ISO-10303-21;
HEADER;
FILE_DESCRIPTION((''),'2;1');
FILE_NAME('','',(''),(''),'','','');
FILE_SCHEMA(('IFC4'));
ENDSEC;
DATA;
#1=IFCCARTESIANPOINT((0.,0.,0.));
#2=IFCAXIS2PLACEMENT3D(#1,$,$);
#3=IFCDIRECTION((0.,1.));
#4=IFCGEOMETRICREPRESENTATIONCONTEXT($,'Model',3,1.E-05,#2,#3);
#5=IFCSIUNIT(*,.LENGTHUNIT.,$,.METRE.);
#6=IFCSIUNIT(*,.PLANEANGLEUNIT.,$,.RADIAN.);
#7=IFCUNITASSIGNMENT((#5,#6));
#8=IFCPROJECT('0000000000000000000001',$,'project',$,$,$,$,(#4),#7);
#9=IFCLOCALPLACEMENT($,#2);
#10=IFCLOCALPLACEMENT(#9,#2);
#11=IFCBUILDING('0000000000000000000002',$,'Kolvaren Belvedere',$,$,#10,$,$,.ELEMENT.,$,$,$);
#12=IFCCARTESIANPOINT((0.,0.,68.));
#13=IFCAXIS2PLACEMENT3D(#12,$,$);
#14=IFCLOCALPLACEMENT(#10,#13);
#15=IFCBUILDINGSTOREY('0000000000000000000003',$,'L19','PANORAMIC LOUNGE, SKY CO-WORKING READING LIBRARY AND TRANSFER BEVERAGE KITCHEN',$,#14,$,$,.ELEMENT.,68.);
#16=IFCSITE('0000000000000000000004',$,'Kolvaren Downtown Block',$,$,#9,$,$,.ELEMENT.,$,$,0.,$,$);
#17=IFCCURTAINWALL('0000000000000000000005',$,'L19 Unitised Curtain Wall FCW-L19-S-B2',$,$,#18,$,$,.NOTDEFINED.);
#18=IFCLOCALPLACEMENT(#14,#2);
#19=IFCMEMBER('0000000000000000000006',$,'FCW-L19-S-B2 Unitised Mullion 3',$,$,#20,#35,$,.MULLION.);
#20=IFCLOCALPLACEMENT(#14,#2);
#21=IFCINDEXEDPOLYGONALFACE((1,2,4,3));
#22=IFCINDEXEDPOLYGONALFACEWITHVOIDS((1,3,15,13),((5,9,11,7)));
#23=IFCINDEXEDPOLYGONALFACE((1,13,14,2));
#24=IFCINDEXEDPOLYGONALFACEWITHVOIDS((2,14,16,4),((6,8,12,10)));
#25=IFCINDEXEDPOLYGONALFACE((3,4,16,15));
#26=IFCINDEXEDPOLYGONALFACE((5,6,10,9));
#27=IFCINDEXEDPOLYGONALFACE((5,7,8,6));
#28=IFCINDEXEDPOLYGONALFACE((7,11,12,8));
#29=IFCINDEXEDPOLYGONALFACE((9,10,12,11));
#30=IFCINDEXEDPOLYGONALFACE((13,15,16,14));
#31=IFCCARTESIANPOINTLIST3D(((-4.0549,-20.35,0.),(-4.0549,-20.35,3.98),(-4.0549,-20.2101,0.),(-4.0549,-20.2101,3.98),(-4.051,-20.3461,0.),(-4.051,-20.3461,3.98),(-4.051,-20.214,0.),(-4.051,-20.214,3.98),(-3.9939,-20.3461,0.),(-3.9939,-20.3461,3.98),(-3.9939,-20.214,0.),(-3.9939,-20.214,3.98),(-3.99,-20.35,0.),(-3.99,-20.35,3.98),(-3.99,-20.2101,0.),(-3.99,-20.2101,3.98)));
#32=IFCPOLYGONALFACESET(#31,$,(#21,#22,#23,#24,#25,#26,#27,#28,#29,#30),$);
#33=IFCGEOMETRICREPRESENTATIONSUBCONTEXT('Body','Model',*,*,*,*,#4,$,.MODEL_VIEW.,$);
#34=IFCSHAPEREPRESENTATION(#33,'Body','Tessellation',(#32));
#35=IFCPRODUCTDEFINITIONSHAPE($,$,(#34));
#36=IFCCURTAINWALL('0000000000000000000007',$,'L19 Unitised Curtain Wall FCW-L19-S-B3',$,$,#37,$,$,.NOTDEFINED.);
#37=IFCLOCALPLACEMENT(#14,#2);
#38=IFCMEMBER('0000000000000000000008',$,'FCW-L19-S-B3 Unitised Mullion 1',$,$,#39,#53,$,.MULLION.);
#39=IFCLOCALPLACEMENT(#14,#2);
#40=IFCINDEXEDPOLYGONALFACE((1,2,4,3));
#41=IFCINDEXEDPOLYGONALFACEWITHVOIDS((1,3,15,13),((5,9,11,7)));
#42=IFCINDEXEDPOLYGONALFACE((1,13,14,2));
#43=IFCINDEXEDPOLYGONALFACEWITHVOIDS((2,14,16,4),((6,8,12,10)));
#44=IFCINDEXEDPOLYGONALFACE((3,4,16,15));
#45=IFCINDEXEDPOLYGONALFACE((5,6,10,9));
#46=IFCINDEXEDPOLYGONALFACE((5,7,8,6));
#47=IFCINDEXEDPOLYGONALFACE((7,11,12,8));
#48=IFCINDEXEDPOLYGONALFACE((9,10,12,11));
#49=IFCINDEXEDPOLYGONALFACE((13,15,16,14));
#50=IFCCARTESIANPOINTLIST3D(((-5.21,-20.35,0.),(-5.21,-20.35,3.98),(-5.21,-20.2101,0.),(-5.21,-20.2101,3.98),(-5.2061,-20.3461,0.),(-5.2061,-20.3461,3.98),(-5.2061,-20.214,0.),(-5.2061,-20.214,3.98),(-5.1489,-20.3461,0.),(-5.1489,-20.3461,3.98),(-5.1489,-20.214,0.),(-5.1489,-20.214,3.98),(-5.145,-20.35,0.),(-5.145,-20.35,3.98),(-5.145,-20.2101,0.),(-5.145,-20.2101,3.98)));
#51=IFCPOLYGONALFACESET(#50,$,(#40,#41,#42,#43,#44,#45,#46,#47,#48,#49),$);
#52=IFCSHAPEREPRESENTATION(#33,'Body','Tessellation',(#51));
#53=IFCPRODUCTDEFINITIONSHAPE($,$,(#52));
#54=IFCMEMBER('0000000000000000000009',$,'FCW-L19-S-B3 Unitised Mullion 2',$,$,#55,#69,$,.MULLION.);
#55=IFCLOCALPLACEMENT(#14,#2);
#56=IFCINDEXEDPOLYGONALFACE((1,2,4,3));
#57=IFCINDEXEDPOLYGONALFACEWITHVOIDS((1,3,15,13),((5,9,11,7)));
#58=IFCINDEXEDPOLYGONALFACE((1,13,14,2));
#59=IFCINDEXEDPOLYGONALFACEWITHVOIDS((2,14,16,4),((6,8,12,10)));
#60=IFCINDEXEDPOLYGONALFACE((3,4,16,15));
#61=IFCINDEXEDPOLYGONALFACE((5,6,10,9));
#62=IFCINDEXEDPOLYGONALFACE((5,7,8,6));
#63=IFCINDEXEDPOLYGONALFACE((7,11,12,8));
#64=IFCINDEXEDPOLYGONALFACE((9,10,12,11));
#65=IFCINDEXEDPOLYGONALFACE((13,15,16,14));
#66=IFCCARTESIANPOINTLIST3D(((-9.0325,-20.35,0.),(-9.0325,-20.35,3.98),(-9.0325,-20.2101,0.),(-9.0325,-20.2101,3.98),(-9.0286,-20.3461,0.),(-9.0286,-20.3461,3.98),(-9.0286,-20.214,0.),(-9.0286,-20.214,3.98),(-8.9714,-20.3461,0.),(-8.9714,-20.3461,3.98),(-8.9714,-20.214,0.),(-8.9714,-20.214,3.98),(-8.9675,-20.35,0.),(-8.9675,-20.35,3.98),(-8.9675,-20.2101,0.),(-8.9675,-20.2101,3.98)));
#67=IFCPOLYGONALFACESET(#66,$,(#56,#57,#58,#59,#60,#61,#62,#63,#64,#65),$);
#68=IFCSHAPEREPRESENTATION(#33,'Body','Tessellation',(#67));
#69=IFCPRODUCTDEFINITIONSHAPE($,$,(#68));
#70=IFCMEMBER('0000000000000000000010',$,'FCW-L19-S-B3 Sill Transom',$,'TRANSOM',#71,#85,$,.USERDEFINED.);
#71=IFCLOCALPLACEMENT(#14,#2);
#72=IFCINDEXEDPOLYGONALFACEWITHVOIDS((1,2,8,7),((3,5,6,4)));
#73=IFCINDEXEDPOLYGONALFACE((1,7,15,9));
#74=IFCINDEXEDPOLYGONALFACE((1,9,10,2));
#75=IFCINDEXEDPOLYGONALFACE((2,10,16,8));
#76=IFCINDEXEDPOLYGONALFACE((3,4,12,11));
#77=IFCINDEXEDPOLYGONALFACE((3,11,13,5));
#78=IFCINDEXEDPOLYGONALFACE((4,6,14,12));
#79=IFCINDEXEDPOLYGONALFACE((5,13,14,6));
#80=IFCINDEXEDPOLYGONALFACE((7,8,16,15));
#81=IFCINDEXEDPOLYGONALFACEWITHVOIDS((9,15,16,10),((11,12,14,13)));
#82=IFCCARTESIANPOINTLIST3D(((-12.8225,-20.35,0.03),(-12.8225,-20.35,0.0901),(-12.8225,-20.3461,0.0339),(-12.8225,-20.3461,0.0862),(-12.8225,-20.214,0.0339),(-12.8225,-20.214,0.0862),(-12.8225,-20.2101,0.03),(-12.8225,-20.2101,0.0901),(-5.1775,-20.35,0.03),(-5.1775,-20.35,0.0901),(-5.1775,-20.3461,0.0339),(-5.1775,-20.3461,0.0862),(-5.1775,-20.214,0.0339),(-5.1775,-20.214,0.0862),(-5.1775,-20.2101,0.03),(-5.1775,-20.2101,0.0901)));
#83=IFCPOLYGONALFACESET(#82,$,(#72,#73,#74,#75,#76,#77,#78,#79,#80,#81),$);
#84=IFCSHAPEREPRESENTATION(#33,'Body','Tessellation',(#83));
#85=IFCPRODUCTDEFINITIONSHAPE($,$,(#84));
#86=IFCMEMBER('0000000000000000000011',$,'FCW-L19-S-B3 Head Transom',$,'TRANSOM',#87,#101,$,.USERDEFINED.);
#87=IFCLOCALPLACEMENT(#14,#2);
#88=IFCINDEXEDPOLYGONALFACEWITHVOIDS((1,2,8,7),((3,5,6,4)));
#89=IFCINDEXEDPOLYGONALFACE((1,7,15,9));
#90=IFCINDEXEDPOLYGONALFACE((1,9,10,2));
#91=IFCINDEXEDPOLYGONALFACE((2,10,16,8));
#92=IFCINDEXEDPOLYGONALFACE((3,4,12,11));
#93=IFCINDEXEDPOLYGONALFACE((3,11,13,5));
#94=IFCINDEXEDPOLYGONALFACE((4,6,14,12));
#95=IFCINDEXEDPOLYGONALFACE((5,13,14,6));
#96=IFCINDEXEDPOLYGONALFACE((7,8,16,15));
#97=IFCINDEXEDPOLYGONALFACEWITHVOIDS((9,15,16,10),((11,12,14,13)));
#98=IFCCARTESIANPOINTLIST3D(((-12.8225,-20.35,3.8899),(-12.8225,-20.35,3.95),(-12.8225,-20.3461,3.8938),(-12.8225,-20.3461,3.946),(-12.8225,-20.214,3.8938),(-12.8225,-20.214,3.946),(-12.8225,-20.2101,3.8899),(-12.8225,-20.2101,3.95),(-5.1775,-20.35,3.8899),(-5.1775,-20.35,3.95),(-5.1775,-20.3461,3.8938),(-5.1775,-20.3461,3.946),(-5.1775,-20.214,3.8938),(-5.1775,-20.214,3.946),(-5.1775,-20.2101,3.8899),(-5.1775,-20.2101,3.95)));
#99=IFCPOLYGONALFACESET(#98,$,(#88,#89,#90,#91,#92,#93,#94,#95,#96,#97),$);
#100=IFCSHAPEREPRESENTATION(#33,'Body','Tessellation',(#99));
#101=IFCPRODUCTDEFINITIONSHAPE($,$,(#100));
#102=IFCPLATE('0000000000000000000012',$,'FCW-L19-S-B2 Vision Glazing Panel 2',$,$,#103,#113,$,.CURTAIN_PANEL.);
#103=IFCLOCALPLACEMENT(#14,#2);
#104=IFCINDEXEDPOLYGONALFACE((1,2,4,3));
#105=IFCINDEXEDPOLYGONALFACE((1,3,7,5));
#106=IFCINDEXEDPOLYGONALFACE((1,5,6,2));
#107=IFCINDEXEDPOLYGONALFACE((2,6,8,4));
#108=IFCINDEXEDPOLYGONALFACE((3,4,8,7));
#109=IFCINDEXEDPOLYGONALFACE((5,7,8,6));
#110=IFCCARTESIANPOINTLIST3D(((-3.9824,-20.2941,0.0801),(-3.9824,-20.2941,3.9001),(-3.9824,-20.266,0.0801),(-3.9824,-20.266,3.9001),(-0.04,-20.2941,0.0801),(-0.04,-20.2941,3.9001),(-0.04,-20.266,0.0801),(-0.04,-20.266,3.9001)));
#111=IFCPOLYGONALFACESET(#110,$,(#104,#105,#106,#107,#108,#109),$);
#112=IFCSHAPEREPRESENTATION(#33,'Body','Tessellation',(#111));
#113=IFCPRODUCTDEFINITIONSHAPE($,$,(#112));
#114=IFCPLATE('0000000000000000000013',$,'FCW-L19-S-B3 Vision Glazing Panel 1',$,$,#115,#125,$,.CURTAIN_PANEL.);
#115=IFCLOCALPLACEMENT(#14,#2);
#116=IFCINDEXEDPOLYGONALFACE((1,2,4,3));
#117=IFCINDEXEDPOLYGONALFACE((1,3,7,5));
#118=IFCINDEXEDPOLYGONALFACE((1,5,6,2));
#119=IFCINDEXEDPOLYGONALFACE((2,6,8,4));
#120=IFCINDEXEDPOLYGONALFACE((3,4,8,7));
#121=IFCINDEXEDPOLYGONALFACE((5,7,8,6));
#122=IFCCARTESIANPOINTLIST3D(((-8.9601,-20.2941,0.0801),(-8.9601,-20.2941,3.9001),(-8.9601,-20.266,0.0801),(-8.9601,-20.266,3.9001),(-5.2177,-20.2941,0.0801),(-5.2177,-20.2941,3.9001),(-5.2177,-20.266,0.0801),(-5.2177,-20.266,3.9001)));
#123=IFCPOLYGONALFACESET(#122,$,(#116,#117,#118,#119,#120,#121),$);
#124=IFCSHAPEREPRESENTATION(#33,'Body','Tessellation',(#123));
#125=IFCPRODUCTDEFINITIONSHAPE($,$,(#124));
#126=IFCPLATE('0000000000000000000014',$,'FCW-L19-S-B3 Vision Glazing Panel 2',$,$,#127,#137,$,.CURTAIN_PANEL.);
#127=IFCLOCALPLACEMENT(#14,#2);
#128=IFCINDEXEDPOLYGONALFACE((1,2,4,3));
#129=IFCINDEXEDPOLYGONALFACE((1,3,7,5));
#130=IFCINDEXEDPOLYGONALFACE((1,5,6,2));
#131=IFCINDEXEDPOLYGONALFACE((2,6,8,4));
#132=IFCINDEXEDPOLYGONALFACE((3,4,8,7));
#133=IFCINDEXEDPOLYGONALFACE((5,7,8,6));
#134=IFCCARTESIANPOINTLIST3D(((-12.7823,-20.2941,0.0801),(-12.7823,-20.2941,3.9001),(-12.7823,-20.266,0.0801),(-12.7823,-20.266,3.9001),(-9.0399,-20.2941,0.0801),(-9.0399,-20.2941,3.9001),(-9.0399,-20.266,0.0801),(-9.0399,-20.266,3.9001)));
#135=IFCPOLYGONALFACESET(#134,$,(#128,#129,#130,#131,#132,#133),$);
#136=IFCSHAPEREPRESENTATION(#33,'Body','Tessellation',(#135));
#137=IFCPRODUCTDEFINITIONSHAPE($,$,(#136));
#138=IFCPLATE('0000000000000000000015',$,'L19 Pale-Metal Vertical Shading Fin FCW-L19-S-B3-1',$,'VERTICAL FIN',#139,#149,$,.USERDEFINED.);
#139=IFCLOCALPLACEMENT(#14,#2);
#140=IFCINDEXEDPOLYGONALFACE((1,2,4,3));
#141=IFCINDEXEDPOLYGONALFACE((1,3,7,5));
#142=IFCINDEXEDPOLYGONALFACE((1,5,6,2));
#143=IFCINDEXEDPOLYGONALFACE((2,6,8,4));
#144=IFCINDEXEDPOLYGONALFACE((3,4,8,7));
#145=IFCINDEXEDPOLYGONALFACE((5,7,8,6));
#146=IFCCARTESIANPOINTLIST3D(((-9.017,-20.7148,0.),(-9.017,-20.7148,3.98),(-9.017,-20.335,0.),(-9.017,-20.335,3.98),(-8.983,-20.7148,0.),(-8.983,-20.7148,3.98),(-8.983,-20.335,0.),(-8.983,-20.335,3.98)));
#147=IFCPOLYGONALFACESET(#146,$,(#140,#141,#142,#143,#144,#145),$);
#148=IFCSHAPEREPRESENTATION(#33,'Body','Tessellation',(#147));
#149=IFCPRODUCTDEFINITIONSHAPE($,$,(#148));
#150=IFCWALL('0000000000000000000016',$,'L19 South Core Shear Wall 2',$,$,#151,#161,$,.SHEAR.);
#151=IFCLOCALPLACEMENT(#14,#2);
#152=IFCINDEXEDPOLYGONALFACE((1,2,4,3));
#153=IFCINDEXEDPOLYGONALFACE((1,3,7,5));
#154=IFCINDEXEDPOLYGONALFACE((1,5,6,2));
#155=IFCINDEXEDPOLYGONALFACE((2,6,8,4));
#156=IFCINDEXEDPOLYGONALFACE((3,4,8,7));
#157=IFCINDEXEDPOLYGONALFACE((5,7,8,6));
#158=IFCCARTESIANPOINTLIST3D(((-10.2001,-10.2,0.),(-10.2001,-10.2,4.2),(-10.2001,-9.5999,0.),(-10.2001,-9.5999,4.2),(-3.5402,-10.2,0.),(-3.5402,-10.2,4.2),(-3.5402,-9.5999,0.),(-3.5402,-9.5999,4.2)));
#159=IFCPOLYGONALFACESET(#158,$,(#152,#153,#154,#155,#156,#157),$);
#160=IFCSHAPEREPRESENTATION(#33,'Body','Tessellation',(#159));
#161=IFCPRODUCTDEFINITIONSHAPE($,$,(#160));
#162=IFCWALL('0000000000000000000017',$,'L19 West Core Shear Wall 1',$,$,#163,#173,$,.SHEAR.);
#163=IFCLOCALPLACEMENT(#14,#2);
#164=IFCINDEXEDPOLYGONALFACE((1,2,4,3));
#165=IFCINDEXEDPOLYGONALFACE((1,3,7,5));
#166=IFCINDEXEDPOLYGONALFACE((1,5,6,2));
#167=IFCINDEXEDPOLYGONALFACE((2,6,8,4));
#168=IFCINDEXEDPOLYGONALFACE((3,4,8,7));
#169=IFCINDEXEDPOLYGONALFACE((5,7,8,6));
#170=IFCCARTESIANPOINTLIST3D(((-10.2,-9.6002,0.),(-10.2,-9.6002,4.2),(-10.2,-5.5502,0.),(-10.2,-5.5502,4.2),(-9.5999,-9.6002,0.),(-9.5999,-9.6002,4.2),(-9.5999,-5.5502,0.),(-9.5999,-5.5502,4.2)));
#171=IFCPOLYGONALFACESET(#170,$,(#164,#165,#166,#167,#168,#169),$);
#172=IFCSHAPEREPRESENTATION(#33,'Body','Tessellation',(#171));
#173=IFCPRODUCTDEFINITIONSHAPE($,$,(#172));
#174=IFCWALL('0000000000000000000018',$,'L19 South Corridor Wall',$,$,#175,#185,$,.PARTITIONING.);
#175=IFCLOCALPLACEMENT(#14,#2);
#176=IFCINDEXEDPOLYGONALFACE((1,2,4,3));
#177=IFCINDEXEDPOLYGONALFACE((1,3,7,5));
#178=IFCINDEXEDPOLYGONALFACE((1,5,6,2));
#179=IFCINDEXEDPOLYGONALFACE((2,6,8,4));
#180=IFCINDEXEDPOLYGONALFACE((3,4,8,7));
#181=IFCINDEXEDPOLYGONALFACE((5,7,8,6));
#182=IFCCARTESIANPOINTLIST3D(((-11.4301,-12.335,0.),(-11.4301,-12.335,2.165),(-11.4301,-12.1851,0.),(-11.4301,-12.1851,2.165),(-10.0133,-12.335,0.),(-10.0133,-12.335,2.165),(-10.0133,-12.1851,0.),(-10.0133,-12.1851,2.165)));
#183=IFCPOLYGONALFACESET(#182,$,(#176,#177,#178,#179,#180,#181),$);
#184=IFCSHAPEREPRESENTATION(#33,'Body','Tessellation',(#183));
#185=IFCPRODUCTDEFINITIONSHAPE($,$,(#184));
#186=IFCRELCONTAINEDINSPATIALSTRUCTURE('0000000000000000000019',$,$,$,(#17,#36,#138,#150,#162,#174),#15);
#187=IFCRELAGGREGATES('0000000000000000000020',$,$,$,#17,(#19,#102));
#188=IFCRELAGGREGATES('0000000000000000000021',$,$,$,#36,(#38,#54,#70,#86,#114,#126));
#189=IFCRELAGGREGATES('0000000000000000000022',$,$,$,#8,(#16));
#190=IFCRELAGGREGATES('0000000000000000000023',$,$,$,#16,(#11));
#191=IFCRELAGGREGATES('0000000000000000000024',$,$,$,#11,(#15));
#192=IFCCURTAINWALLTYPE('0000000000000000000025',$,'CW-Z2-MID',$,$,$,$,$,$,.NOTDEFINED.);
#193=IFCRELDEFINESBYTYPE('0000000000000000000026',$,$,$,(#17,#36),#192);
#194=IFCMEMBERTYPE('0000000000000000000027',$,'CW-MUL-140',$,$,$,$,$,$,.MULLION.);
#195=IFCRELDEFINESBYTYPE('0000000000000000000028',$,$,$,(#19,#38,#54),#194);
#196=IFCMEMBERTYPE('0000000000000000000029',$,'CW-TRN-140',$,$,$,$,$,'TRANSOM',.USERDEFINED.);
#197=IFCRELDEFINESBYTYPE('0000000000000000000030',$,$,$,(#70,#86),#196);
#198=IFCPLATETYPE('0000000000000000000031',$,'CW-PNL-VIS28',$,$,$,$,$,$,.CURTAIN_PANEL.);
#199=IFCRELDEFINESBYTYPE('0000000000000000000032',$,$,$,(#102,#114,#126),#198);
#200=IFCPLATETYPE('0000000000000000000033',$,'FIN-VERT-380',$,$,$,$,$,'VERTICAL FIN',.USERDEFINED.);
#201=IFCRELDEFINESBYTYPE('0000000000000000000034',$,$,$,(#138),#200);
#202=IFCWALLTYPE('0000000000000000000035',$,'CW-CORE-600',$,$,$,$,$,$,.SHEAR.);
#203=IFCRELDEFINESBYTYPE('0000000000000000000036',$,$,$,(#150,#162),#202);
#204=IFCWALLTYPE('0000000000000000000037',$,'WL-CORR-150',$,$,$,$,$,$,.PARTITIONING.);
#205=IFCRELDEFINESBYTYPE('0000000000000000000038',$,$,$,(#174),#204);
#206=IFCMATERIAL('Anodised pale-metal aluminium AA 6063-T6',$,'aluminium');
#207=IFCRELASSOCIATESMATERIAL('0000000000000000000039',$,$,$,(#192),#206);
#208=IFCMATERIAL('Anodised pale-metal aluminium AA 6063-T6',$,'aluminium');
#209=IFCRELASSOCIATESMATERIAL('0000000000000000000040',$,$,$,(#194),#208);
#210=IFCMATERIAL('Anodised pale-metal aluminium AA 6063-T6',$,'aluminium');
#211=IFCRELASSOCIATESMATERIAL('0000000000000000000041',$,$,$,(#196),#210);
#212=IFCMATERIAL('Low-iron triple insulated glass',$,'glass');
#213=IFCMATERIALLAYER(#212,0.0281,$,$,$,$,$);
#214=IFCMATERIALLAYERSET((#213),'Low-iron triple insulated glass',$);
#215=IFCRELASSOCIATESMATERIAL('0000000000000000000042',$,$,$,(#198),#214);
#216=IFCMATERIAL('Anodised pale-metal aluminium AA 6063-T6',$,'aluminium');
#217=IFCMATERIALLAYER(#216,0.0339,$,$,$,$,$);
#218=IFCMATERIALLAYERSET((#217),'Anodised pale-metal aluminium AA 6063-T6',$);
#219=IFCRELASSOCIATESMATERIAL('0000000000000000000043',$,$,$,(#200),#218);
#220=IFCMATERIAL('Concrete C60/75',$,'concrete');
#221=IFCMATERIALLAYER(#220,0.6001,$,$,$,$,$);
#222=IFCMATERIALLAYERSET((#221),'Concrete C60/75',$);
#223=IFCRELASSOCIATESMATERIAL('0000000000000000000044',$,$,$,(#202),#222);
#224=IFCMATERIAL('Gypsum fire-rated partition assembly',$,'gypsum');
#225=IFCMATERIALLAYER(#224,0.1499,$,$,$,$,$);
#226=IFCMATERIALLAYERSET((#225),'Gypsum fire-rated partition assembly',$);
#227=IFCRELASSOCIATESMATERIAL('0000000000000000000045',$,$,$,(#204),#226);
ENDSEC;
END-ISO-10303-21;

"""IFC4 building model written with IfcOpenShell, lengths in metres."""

from ifc_helpers import new_model, si_unit, direction, frame, frame_2d, origin, origin_2d, place, context, subcontext, project, spatial, rectangle, hollow_rectangle, extrude, material, layer, layer_set, material_profile, profile_set, type_object, element, aggregate, save


model = new_model("IFC4")

# Units and contexts
model_context = context("Model", 3, precision=1e-05, world=origin(), true_north=direction((0.0, 1.0)))
body_context = subcontext(model_context, "Body", "Model", "MODEL_VIEW")
ifc_project = project(units=[si_unit("LENGTHUNIT", "METRE"), si_unit("PLANEANGLEUNIT", "RADIAN")], contexts=[model_context])

# Site, building, storey
site_placement = place(None, origin())
site = spatial("IfcSite", under=ifc_project, at=site_placement, Name="Kolvaren Downtown Block", CompositionType="ELEMENT", RefElevation=0.0)
building_placement = place(site_placement, origin())
building = spatial("IfcBuilding", under=site, at=building_placement, Name="Kolvaren Belvedere", CompositionType="ELEMENT")
storey_placement = place(building_placement, frame((0.0, 0.0, 68.0)))
storey = spatial("IfcBuildingStorey", under=building, at=storey_placement, Name="L19", Description="PANORAMIC LOUNGE, SKY CO-WORKING READING LIBRARY AND TRANSFER BEVERAGE KITCHEN", CompositionType="ELEMENT", Elevation=68.0)

# Curtain wall, member
ifc_material_1 = material(Name="Anodised pale-metal aluminium AA 6063-T6", Category="aluminium")
curtain_wall_type = type_object("IfcCurtainWallType", Name="CW-Z2-MID", PredefinedType="NOTDEFINED", material=ifc_material_1)
curtain_wall_1_placement = place(storey_placement, origin())
curtain_wall_1 = element("IfcCurtainWall", 1, at=curtain_wall_1_placement, inside=storey, type_object=curtain_wall_type, Name="L19 Unitised Curtain Wall FCW-L19-S-B2", PredefinedType="NOTDEFINED")
ifc_material_2 = material(Name="Anodised pale-metal aluminium AA 6063-T6", Category="aluminium")
ifc_material_profile_1 = material_profile(ifc_material_2, hollow_rectangle(XDim=0.0649, YDim=0.1399, WallThickness=0.0039, at=origin_2d()), Name="ALU-MUL-140X65")
ifc_profile_set_1 = profile_set([ifc_material_profile_1], Name="Anodised pale-metal aluminium AA 6063-T6")
member_type_1 = type_object("IfcMemberType", Name="CW-MUL-140", PredefinedType="MULLION", material=ifc_profile_set_1)
member_1_placement = place(storey_placement, frame((-4.0225, -20.28, 0.0), z_axis=(0.0, 0.0, 1.0), x_axis=(1.0, 0.0, 0.0)))
member_1 = element("IfcMember", 2, at=member_1_placement, type_object=member_type_1, Name="FCW-L19-S-B2 Unitised Mullion 3", PredefinedType="MULLION", context=body_context, shape_type="SweptSolid", body=[
    extrude(hollow_rectangle(XDim=0.0649, YDim=0.1399, WallThickness=0.0039, at=origin_2d()), origin(), (0.0, 0.0, 1.0), 3.98),
])

# Curtain wall, members
curtain_wall_2_placement = place(storey_placement, origin())
curtain_wall_2 = element("IfcCurtainWall", 3, at=curtain_wall_2_placement, inside=storey, type_object=curtain_wall_type, Name="L19 Unitised Curtain Wall FCW-L19-S-B3", PredefinedType="NOTDEFINED")
member_2_placement = place(storey_placement, frame((-5.1775, -20.28, 0.0), z_axis=(0.0, 0.0, 1.0), x_axis=(1.0, 0.0, 0.0)))
member_2 = element("IfcMember", 4, at=member_2_placement, type_object=member_type_1, Name="FCW-L19-S-B3 Unitised Mullion 1", PredefinedType="MULLION", context=body_context, shape_type="SweptSolid", body=[
    extrude(hollow_rectangle(XDim=0.0649, YDim=0.1399, WallThickness=0.0039, at=origin_2d()), origin(), (0.0, 0.0, 1.0), 3.98),
])
member_3_placement = place(storey_placement, frame((-9.0, -20.28, 0.0), z_axis=(0.0, 0.0, 1.0), x_axis=(1.0, 0.0, 0.0)))
member_3 = element("IfcMember", 5, at=member_3_placement, type_object=member_type_1, Name="FCW-L19-S-B3 Unitised Mullion 2", PredefinedType="MULLION", context=body_context, shape_type="SweptSolid", body=[
    extrude(hollow_rectangle(XDim=0.0649, YDim=0.1399, WallThickness=0.0039, at=origin_2d()), origin(), (0.0, 0.0, 1.0), 3.98),
])
ifc_material_3 = material(Name="Anodised pale-metal aluminium AA 6063-T6", Category="aluminium")
ifc_material_profile_2 = material_profile(ifc_material_3, hollow_rectangle(XDim=0.0601, YDim=0.1399, WallThickness=0.0039, at=origin_2d()), Name="ALU-TRN-140X60")
ifc_profile_set_2 = profile_set([ifc_material_profile_2], Name="Anodised pale-metal aluminium AA 6063-T6")
member_type_2 = type_object("IfcMemberType", Name="CW-TRN-140", ElementType="TRANSOM", PredefinedType="USERDEFINED", material=ifc_profile_set_2)
member_4_placement = place(storey_placement, frame((-5.1775, -20.28, 0.0601), z_axis=(-1.0, 0.0, 0.0), x_axis=(0.0, 0.0, 1.0)))
member_4 = element("IfcMember", 6, at=member_4_placement, type_object=member_type_2, Name="FCW-L19-S-B3 Sill Transom", ObjectType="TRANSOM", PredefinedType="USERDEFINED", context=body_context, shape_type="SweptSolid", body=[
    extrude(hollow_rectangle(XDim=0.0601, YDim=0.1399, WallThickness=0.0039, at=origin_2d()), origin(), (0.0, 0.0, 1.0), 7.645),
])
member_5_placement = place(storey_placement, frame((-5.1775, -20.28, 3.9199), z_axis=(-1.0, 0.0, 0.0), x_axis=(0.0, 0.0, 1.0)))
member_5 = element("IfcMember", 7, at=member_5_placement, type_object=member_type_2, Name="FCW-L19-S-B3 Head Transom", ObjectType="TRANSOM", PredefinedType="USERDEFINED", context=body_context, shape_type="SweptSolid", body=[
    extrude(hollow_rectangle(XDim=0.0601, YDim=0.1399, WallThickness=0.0039, at=origin_2d()), origin(), (0.0, 0.0, 1.0), 7.645),
])

# Plates
ifc_material_4 = material(Name="Low-iron triple insulated glass", Category="glass")
ifc_layer_1 = layer(ifc_material_4, 0.0281)
ifc_layer_set_1 = layer_set([ifc_layer_1], Name="Low-iron triple insulated glass")
plate_type_1 = type_object("IfcPlateType", Name="CW-PNL-VIS28", PredefinedType="CURTAIN_PANEL", material=ifc_layer_set_1)
plate_1_placement = place(storey_placement, frame((-2.0112, -20.28, 0.0801), z_axis=(0.0, 0.0, 1.0), x_axis=(-1.0, 0.0, 0.0)))
plate_1 = element("IfcPlate", 8, at=plate_1_placement, type_object=plate_type_1, Name="FCW-L19-S-B2 Vision Glazing Panel 2", PredefinedType="CURTAIN_PANEL", context=body_context, shape_type="SweptSolid", body=[
    extrude(rectangle(XDim=3.9424, YDim=0.0281, at=origin_2d()), origin(), (0.0, 0.0, 1.0), 3.8201),
])
aggregate(curtain_wall_1, [member_1, plate_1])
plate_2_placement = place(storey_placement, frame((-7.0889, -20.28, 0.0801), z_axis=(0.0, 0.0, 1.0), x_axis=(-1.0, 0.0, 0.0)))
plate_2 = element("IfcPlate", 9, at=plate_2_placement, type_object=plate_type_1, Name="FCW-L19-S-B3 Vision Glazing Panel 1", PredefinedType="CURTAIN_PANEL", context=body_context, shape_type="SweptSolid", body=[
    extrude(rectangle(XDim=3.7424, YDim=0.0281, at=origin_2d()), origin(), (0.0, 0.0, 1.0), 3.8201),
])
plate_3_placement = place(storey_placement, frame((-10.9111, -20.28, 0.0801), z_axis=(0.0, 0.0, 1.0), x_axis=(-1.0, 0.0, 0.0)))
plate_3 = element("IfcPlate", 10, at=plate_3_placement, type_object=plate_type_1, Name="FCW-L19-S-B3 Vision Glazing Panel 2", PredefinedType="CURTAIN_PANEL", context=body_context, shape_type="SweptSolid", body=[
    extrude(rectangle(XDim=3.7424, YDim=0.0281, at=origin_2d()), origin(), (0.0, 0.0, 1.0), 3.8201),
])
aggregate(curtain_wall_2, [member_2, member_3, member_4, member_5, plate_2, plate_3])
ifc_material_5 = material(Name="Anodised pale-metal aluminium AA 6063-T6", Category="aluminium")
ifc_layer_2 = layer(ifc_material_5, 0.0339)
ifc_layer_set_2 = layer_set([ifc_layer_2], Name="Anodised pale-metal aluminium AA 6063-T6")
plate_type_2 = type_object("IfcPlateType", Name="FIN-VERT-380", ElementType="VERTICAL FIN", PredefinedType="USERDEFINED", material=ifc_layer_set_2)
plate_4_placement = place(storey_placement, frame((-9.0, -20.5249, 0.0), z_axis=(0.0, 0.0, 1.0), x_axis=(0.0, 1.0, 0.0)))
element("IfcPlate", 11, at=plate_4_placement, inside=storey, type_object=plate_type_2, Name="L19 Pale-Metal Vertical Shading Fin FCW-L19-S-B3-1", ObjectType="VERTICAL FIN", PredefinedType="USERDEFINED", context=body_context, shape_type="SweptSolid", body=[
    extrude(rectangle(XDim=0.3799, YDim=0.0339, at=origin_2d()), origin(), (0.0, 0.0, 1.0), 3.98),
])

# Walls
ifc_material_6 = material(Name="Concrete C60/75", Category="concrete")
ifc_layer_3 = layer(ifc_material_6, 0.6001)
ifc_layer_set_3 = layer_set([ifc_layer_3], Name="Concrete C60/75")
wall_type_1 = type_object("IfcWallType", Name="CW-CORE-600", PredefinedType="SHEAR", material=ifc_layer_set_3)
wall_1_placement = place(storey_placement, frame((-3.54, -9.8999, 0.0), z_axis=(0.0, 0.0, 1.0), x_axis=(-1.0, 0.0, 0.0)))
element("IfcWall", 12, at=wall_1_placement, inside=storey, type_object=wall_type_1, Name="L19 South Core Shear Wall 2", PredefinedType="SHEAR", context=body_context, shape_type="SweptSolid", body=[
    extrude(rectangle(XDim=6.6599, YDim=0.6001, at=frame_2d((3.3301, 0.0))), origin(), (0.0, 0.0, 1.0), 4.2),
])
wall_2_placement = place(storey_placement, frame((-9.8999, -9.6001, 0.0), z_axis=(0.0, 0.0, 1.0), x_axis=(0.0, 1.0, 0.0)))
element("IfcWall", 13, at=wall_2_placement, inside=storey, type_object=wall_type_1, Name="L19 West Core Shear Wall 1", PredefinedType="SHEAR", context=body_context, shape_type="SweptSolid", body=[
    extrude(rectangle(XDim=4.05, YDim=0.6001, at=frame_2d((2.0249, 0.0))), origin(), (0.0, 0.0, 1.0), 4.2),
])
ifc_material_7 = material(Name="Gypsum fire-rated partition assembly", Category="gypsum")
ifc_layer_4 = layer(ifc_material_7, 0.1499)
ifc_layer_set_4 = layer_set([ifc_layer_4], Name="Gypsum fire-rated partition assembly")
wall_type_2 = type_object("IfcWallType", Name="WL-CORR-150", PredefinedType="PARTITIONING", material=ifc_layer_set_4)
wall_3_placement = place(storey_placement, frame((-11.4302, -12.26, 0.0), z_axis=(0.0, 0.0, 1.0), x_axis=(1.0, 0.0, 0.0)))
element("IfcWall", 14, at=wall_3_placement, inside=storey, type_object=wall_type_2, Name="L19 South Corridor Wall", PredefinedType="PARTITIONING", context=body_context, shape_type="SweptSolid", body=[
    extrude(rectangle(XDim=1.4167, YDim=0.1499, at=frame_2d((0.7085, 0.0))), origin(), (0.0, 0.0, 1.0), 2.165),
])

save(model, "model.ifc")
